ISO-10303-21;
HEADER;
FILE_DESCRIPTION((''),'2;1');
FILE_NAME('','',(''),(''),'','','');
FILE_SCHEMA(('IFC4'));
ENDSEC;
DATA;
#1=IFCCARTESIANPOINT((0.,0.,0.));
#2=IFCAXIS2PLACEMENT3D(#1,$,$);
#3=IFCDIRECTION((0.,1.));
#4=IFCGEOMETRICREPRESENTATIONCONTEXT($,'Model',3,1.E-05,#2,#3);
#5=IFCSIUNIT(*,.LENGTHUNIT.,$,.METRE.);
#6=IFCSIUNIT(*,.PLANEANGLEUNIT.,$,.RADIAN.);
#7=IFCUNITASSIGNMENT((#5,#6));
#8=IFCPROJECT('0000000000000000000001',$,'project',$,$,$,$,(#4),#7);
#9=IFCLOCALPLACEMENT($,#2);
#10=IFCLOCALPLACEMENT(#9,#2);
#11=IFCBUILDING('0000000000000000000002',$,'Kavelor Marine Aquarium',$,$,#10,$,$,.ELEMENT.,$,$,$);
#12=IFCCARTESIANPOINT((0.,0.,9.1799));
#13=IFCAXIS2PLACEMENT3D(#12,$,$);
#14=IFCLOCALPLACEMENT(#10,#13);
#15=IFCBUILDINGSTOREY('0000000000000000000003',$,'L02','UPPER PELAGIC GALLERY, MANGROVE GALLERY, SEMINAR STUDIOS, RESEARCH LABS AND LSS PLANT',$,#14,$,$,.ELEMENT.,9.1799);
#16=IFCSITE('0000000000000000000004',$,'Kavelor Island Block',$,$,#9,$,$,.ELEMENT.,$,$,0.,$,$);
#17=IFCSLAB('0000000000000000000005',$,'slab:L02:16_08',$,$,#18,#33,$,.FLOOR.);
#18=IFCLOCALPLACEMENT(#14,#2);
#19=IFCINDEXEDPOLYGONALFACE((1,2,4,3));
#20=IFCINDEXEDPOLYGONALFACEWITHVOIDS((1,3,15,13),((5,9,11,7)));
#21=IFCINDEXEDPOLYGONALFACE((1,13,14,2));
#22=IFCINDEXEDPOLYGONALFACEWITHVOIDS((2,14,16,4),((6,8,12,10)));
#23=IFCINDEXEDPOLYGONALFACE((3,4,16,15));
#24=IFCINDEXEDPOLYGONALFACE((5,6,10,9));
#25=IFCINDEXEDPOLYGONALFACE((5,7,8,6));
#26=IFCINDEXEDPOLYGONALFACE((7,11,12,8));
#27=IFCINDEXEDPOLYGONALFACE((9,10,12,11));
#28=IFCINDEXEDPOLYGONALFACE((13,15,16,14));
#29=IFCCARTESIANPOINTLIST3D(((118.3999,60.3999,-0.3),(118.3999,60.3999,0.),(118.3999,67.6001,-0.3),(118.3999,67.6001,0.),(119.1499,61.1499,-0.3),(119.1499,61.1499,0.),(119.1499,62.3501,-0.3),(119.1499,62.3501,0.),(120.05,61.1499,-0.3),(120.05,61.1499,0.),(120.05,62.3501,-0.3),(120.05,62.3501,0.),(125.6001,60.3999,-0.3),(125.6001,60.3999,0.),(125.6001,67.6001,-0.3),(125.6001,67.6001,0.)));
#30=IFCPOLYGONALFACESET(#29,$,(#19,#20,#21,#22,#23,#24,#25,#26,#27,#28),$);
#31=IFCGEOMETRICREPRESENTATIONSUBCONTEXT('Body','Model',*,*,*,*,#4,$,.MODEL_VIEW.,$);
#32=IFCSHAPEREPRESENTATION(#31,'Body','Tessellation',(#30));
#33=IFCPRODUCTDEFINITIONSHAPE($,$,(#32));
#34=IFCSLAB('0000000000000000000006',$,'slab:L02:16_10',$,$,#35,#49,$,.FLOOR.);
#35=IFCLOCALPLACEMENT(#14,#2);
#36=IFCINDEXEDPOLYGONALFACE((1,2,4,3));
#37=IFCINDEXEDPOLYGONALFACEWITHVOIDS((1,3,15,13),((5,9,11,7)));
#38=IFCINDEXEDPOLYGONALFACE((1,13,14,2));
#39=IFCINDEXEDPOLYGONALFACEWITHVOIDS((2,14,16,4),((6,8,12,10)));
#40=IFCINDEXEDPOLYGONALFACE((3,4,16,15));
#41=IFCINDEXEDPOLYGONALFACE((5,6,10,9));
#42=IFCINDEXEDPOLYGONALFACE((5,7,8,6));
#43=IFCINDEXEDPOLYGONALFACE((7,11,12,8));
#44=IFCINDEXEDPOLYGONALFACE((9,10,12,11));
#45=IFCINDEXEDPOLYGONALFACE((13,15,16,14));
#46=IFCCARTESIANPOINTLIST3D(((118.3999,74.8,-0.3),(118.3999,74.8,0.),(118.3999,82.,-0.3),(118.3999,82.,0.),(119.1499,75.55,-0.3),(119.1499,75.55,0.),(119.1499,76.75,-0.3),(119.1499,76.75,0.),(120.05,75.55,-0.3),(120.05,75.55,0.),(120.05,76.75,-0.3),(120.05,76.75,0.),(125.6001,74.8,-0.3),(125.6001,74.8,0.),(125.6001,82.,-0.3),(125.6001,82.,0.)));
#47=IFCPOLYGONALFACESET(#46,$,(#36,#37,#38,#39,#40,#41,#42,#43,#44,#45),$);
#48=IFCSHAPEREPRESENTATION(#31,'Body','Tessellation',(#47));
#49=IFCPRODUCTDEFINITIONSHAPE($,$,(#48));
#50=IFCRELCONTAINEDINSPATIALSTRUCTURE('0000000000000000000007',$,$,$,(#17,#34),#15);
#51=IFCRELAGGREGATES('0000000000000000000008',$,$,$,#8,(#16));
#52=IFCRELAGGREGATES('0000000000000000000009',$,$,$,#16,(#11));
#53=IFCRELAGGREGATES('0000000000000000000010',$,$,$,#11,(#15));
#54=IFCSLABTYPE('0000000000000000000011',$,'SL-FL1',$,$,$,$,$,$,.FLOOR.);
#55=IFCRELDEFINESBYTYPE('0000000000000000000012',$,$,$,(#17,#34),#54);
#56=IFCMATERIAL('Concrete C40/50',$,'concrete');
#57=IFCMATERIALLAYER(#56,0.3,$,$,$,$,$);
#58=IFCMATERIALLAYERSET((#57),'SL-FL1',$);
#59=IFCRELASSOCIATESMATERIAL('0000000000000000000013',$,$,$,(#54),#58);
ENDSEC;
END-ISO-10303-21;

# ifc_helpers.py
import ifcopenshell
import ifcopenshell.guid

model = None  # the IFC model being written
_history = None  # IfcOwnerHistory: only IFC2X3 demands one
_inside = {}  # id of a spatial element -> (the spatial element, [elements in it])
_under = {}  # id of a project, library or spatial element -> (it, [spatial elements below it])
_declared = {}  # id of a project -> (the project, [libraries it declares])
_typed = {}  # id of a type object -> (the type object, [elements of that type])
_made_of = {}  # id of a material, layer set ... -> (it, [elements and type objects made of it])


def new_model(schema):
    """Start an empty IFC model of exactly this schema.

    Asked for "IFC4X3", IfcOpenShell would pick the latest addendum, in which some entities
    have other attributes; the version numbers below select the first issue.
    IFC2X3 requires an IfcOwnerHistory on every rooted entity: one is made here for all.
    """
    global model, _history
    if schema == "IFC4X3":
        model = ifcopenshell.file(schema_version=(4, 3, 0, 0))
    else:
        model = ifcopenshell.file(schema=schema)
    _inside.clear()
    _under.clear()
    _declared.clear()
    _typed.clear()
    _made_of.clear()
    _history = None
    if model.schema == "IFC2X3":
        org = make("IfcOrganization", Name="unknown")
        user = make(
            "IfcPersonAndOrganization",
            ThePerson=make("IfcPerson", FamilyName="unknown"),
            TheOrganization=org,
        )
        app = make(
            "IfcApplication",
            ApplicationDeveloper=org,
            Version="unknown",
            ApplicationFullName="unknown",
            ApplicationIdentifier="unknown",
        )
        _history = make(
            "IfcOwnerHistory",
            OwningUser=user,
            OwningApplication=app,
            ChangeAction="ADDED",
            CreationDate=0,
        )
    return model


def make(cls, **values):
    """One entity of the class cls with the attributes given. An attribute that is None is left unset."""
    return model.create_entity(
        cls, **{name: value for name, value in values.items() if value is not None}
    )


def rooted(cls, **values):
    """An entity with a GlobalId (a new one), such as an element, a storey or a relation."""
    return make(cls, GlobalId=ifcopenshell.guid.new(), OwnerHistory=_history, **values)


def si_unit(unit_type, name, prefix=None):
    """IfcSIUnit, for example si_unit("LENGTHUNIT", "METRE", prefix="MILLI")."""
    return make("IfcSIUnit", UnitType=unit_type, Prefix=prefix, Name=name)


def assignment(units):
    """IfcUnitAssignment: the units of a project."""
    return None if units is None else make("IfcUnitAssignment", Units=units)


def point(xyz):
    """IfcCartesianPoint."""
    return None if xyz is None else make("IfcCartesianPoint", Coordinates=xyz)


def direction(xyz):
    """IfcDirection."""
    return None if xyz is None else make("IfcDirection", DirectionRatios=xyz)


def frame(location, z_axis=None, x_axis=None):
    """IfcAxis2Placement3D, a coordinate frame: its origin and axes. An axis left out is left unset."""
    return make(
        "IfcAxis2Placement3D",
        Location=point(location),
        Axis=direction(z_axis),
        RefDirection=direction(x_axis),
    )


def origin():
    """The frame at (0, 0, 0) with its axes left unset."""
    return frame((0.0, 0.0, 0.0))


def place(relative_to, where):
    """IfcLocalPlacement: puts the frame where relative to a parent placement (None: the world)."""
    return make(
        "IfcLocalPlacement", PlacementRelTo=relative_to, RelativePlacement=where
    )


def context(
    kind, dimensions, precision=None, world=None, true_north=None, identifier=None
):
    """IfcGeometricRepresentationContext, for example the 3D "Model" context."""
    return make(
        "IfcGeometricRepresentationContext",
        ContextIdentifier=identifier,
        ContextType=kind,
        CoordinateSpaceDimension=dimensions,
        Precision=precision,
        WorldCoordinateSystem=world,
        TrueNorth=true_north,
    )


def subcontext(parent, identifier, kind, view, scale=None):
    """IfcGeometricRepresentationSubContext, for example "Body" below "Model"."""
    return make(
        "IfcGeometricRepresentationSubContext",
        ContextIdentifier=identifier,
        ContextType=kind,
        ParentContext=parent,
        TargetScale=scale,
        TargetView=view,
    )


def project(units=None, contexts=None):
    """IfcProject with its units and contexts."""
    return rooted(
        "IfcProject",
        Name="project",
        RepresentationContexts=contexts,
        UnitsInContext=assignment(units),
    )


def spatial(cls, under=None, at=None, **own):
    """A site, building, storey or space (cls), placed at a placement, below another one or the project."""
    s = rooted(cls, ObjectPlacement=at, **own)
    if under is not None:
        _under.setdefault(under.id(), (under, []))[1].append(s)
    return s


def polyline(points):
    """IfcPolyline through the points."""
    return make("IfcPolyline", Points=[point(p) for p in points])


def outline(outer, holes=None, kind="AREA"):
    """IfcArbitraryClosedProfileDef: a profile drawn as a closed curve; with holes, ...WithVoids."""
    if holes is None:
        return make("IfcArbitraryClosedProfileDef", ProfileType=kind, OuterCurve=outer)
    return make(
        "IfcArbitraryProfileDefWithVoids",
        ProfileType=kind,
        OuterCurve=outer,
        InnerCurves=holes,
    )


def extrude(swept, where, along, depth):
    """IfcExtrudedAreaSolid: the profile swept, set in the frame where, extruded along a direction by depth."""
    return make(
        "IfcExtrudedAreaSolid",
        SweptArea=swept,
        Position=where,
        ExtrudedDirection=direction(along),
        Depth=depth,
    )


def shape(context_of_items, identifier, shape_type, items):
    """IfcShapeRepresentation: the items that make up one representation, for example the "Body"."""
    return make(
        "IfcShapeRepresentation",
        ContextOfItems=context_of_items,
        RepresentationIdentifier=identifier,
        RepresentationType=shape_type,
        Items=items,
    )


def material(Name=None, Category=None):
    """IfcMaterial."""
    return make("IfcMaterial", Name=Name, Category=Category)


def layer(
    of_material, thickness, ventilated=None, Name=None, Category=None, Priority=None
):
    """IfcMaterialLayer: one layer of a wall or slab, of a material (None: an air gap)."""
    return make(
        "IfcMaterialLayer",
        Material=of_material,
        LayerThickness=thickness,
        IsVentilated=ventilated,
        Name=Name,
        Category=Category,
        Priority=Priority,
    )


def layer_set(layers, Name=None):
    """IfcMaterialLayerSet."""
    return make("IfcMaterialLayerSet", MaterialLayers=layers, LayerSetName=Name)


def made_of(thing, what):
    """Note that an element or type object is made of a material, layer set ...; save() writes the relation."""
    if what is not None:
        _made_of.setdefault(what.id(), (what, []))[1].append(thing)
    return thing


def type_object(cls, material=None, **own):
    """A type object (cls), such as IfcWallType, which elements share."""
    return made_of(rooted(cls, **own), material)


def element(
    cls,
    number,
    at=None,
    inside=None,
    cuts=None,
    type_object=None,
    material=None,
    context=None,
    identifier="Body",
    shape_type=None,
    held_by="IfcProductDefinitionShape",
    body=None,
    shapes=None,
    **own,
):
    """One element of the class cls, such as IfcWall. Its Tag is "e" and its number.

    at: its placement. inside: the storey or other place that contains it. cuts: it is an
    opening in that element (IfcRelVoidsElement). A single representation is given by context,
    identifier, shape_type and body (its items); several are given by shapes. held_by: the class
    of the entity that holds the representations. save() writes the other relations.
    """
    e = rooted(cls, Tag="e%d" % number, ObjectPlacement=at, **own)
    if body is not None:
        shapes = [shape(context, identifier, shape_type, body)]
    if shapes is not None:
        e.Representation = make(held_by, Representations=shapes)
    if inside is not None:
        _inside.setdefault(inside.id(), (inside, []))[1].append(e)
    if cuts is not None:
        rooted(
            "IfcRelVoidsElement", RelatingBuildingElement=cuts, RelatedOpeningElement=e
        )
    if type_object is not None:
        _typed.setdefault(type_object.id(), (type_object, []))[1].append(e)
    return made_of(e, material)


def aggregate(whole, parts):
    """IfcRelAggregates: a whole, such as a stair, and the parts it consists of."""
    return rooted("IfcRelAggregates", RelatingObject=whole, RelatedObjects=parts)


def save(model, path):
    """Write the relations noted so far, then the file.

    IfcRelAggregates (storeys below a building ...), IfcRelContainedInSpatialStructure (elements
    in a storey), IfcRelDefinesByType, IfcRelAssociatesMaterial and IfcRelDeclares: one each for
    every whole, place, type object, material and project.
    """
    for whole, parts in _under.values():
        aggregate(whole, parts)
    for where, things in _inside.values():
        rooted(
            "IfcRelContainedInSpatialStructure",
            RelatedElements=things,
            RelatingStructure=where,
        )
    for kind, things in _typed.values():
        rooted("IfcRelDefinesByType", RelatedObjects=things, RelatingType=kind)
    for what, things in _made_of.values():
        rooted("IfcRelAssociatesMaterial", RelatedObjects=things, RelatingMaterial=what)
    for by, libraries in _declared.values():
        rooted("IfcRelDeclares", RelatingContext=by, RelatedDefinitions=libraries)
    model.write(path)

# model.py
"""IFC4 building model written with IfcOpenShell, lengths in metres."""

from ifc_helpers import new_model, si_unit, direction, frame, origin, place, context, subcontext, project, spatial, polyline, outline, extrude, material, layer, layer_set, type_object, element, save


model = new_model("IFC4")

# Units and contexts
model_context = context("Model", 3, precision=1e-05, world=origin(), true_north=direction((0.0, 1.0)))
body_context = subcontext(model_context, "Body", "Model", "MODEL_VIEW")
ifc_project = project(units=[si_unit("LENGTHUNIT", "METRE"), si_unit("PLANEANGLEUNIT", "RADIAN")], contexts=[model_context])

# Site, building, storey
site_placement = place(None, origin())
site = spatial("IfcSite", under=ifc_project, at=site_placement, Name="Kavelor Island Block", CompositionType="ELEMENT", RefElevation=0.0)
building_placement = place(site_placement, origin())
building = spatial("IfcBuilding", under=site, at=building_placement, Name="Kavelor Marine Aquarium", CompositionType="ELEMENT")
storey_placement = place(building_placement, frame((0.0, 0.0, 9.1799)))
storey = spatial("IfcBuildingStorey", under=building, at=storey_placement, Name="L02", Description="UPPER PELAGIC GALLERY, MANGROVE GALLERY, SEMINAR STUDIOS, RESEARCH LABS AND LSS PLANT", CompositionType="ELEMENT", Elevation=9.1799)

# Slabs
ifc_material = material(Name="Concrete C40/50", Category="concrete")
ifc_layer = layer(ifc_material, 0.3)
ifc_layer_set = layer_set([ifc_layer], Name="SL-FL1")
slab_type = type_object("IfcSlabType", Name="SL-FL1", PredefinedType="FLOOR", material=ifc_layer_set)
slab_1_placement = place(storey_placement, frame((0.0, 0.0, -0.3)))
element("IfcSlab", 1, at=slab_1_placement, inside=storey, type_object=slab_type, Name="slab:L02:16_08", PredefinedType="FLOOR", context=body_context, shape_type="SweptSolid", body=[
    extrude(outline(polyline([(118.3999, 60.3999), (125.6001, 60.3999), (125.6001, 67.6001), (118.3999, 67.6001), (118.3999, 60.3999)]), holes=[polyline([(119.1499, 61.1499), (120.05, 61.1499), (120.05, 62.3501), (119.1499, 62.3501), (119.1499, 61.1499)])]), origin(), (0.0, 0.0, 1.0), 0.3),
])
slab_2_placement = place(storey_placement, frame((0.0, 0.0, -0.3)))
element("IfcSlab", 2, at=slab_2_placement, inside=storey, type_object=slab_type, Name="slab:L02:16_10", PredefinedType="FLOOR", context=body_context, shape_type="SweptSolid", body=[
    extrude(outline(polyline([(118.3999, 74.8), (125.6001, 74.8), (125.6001, 82.0), (118.3999, 82.0), (118.3999, 74.8)]), holes=[polyline([(119.1499, 75.55), (120.05, 75.55), (120.05, 76.75), (119.1499, 76.75), (119.1499, 75.55)])]), origin(), (0.0, 0.0, 1.0), 0.3),
])

save(model, "model.ifc")
